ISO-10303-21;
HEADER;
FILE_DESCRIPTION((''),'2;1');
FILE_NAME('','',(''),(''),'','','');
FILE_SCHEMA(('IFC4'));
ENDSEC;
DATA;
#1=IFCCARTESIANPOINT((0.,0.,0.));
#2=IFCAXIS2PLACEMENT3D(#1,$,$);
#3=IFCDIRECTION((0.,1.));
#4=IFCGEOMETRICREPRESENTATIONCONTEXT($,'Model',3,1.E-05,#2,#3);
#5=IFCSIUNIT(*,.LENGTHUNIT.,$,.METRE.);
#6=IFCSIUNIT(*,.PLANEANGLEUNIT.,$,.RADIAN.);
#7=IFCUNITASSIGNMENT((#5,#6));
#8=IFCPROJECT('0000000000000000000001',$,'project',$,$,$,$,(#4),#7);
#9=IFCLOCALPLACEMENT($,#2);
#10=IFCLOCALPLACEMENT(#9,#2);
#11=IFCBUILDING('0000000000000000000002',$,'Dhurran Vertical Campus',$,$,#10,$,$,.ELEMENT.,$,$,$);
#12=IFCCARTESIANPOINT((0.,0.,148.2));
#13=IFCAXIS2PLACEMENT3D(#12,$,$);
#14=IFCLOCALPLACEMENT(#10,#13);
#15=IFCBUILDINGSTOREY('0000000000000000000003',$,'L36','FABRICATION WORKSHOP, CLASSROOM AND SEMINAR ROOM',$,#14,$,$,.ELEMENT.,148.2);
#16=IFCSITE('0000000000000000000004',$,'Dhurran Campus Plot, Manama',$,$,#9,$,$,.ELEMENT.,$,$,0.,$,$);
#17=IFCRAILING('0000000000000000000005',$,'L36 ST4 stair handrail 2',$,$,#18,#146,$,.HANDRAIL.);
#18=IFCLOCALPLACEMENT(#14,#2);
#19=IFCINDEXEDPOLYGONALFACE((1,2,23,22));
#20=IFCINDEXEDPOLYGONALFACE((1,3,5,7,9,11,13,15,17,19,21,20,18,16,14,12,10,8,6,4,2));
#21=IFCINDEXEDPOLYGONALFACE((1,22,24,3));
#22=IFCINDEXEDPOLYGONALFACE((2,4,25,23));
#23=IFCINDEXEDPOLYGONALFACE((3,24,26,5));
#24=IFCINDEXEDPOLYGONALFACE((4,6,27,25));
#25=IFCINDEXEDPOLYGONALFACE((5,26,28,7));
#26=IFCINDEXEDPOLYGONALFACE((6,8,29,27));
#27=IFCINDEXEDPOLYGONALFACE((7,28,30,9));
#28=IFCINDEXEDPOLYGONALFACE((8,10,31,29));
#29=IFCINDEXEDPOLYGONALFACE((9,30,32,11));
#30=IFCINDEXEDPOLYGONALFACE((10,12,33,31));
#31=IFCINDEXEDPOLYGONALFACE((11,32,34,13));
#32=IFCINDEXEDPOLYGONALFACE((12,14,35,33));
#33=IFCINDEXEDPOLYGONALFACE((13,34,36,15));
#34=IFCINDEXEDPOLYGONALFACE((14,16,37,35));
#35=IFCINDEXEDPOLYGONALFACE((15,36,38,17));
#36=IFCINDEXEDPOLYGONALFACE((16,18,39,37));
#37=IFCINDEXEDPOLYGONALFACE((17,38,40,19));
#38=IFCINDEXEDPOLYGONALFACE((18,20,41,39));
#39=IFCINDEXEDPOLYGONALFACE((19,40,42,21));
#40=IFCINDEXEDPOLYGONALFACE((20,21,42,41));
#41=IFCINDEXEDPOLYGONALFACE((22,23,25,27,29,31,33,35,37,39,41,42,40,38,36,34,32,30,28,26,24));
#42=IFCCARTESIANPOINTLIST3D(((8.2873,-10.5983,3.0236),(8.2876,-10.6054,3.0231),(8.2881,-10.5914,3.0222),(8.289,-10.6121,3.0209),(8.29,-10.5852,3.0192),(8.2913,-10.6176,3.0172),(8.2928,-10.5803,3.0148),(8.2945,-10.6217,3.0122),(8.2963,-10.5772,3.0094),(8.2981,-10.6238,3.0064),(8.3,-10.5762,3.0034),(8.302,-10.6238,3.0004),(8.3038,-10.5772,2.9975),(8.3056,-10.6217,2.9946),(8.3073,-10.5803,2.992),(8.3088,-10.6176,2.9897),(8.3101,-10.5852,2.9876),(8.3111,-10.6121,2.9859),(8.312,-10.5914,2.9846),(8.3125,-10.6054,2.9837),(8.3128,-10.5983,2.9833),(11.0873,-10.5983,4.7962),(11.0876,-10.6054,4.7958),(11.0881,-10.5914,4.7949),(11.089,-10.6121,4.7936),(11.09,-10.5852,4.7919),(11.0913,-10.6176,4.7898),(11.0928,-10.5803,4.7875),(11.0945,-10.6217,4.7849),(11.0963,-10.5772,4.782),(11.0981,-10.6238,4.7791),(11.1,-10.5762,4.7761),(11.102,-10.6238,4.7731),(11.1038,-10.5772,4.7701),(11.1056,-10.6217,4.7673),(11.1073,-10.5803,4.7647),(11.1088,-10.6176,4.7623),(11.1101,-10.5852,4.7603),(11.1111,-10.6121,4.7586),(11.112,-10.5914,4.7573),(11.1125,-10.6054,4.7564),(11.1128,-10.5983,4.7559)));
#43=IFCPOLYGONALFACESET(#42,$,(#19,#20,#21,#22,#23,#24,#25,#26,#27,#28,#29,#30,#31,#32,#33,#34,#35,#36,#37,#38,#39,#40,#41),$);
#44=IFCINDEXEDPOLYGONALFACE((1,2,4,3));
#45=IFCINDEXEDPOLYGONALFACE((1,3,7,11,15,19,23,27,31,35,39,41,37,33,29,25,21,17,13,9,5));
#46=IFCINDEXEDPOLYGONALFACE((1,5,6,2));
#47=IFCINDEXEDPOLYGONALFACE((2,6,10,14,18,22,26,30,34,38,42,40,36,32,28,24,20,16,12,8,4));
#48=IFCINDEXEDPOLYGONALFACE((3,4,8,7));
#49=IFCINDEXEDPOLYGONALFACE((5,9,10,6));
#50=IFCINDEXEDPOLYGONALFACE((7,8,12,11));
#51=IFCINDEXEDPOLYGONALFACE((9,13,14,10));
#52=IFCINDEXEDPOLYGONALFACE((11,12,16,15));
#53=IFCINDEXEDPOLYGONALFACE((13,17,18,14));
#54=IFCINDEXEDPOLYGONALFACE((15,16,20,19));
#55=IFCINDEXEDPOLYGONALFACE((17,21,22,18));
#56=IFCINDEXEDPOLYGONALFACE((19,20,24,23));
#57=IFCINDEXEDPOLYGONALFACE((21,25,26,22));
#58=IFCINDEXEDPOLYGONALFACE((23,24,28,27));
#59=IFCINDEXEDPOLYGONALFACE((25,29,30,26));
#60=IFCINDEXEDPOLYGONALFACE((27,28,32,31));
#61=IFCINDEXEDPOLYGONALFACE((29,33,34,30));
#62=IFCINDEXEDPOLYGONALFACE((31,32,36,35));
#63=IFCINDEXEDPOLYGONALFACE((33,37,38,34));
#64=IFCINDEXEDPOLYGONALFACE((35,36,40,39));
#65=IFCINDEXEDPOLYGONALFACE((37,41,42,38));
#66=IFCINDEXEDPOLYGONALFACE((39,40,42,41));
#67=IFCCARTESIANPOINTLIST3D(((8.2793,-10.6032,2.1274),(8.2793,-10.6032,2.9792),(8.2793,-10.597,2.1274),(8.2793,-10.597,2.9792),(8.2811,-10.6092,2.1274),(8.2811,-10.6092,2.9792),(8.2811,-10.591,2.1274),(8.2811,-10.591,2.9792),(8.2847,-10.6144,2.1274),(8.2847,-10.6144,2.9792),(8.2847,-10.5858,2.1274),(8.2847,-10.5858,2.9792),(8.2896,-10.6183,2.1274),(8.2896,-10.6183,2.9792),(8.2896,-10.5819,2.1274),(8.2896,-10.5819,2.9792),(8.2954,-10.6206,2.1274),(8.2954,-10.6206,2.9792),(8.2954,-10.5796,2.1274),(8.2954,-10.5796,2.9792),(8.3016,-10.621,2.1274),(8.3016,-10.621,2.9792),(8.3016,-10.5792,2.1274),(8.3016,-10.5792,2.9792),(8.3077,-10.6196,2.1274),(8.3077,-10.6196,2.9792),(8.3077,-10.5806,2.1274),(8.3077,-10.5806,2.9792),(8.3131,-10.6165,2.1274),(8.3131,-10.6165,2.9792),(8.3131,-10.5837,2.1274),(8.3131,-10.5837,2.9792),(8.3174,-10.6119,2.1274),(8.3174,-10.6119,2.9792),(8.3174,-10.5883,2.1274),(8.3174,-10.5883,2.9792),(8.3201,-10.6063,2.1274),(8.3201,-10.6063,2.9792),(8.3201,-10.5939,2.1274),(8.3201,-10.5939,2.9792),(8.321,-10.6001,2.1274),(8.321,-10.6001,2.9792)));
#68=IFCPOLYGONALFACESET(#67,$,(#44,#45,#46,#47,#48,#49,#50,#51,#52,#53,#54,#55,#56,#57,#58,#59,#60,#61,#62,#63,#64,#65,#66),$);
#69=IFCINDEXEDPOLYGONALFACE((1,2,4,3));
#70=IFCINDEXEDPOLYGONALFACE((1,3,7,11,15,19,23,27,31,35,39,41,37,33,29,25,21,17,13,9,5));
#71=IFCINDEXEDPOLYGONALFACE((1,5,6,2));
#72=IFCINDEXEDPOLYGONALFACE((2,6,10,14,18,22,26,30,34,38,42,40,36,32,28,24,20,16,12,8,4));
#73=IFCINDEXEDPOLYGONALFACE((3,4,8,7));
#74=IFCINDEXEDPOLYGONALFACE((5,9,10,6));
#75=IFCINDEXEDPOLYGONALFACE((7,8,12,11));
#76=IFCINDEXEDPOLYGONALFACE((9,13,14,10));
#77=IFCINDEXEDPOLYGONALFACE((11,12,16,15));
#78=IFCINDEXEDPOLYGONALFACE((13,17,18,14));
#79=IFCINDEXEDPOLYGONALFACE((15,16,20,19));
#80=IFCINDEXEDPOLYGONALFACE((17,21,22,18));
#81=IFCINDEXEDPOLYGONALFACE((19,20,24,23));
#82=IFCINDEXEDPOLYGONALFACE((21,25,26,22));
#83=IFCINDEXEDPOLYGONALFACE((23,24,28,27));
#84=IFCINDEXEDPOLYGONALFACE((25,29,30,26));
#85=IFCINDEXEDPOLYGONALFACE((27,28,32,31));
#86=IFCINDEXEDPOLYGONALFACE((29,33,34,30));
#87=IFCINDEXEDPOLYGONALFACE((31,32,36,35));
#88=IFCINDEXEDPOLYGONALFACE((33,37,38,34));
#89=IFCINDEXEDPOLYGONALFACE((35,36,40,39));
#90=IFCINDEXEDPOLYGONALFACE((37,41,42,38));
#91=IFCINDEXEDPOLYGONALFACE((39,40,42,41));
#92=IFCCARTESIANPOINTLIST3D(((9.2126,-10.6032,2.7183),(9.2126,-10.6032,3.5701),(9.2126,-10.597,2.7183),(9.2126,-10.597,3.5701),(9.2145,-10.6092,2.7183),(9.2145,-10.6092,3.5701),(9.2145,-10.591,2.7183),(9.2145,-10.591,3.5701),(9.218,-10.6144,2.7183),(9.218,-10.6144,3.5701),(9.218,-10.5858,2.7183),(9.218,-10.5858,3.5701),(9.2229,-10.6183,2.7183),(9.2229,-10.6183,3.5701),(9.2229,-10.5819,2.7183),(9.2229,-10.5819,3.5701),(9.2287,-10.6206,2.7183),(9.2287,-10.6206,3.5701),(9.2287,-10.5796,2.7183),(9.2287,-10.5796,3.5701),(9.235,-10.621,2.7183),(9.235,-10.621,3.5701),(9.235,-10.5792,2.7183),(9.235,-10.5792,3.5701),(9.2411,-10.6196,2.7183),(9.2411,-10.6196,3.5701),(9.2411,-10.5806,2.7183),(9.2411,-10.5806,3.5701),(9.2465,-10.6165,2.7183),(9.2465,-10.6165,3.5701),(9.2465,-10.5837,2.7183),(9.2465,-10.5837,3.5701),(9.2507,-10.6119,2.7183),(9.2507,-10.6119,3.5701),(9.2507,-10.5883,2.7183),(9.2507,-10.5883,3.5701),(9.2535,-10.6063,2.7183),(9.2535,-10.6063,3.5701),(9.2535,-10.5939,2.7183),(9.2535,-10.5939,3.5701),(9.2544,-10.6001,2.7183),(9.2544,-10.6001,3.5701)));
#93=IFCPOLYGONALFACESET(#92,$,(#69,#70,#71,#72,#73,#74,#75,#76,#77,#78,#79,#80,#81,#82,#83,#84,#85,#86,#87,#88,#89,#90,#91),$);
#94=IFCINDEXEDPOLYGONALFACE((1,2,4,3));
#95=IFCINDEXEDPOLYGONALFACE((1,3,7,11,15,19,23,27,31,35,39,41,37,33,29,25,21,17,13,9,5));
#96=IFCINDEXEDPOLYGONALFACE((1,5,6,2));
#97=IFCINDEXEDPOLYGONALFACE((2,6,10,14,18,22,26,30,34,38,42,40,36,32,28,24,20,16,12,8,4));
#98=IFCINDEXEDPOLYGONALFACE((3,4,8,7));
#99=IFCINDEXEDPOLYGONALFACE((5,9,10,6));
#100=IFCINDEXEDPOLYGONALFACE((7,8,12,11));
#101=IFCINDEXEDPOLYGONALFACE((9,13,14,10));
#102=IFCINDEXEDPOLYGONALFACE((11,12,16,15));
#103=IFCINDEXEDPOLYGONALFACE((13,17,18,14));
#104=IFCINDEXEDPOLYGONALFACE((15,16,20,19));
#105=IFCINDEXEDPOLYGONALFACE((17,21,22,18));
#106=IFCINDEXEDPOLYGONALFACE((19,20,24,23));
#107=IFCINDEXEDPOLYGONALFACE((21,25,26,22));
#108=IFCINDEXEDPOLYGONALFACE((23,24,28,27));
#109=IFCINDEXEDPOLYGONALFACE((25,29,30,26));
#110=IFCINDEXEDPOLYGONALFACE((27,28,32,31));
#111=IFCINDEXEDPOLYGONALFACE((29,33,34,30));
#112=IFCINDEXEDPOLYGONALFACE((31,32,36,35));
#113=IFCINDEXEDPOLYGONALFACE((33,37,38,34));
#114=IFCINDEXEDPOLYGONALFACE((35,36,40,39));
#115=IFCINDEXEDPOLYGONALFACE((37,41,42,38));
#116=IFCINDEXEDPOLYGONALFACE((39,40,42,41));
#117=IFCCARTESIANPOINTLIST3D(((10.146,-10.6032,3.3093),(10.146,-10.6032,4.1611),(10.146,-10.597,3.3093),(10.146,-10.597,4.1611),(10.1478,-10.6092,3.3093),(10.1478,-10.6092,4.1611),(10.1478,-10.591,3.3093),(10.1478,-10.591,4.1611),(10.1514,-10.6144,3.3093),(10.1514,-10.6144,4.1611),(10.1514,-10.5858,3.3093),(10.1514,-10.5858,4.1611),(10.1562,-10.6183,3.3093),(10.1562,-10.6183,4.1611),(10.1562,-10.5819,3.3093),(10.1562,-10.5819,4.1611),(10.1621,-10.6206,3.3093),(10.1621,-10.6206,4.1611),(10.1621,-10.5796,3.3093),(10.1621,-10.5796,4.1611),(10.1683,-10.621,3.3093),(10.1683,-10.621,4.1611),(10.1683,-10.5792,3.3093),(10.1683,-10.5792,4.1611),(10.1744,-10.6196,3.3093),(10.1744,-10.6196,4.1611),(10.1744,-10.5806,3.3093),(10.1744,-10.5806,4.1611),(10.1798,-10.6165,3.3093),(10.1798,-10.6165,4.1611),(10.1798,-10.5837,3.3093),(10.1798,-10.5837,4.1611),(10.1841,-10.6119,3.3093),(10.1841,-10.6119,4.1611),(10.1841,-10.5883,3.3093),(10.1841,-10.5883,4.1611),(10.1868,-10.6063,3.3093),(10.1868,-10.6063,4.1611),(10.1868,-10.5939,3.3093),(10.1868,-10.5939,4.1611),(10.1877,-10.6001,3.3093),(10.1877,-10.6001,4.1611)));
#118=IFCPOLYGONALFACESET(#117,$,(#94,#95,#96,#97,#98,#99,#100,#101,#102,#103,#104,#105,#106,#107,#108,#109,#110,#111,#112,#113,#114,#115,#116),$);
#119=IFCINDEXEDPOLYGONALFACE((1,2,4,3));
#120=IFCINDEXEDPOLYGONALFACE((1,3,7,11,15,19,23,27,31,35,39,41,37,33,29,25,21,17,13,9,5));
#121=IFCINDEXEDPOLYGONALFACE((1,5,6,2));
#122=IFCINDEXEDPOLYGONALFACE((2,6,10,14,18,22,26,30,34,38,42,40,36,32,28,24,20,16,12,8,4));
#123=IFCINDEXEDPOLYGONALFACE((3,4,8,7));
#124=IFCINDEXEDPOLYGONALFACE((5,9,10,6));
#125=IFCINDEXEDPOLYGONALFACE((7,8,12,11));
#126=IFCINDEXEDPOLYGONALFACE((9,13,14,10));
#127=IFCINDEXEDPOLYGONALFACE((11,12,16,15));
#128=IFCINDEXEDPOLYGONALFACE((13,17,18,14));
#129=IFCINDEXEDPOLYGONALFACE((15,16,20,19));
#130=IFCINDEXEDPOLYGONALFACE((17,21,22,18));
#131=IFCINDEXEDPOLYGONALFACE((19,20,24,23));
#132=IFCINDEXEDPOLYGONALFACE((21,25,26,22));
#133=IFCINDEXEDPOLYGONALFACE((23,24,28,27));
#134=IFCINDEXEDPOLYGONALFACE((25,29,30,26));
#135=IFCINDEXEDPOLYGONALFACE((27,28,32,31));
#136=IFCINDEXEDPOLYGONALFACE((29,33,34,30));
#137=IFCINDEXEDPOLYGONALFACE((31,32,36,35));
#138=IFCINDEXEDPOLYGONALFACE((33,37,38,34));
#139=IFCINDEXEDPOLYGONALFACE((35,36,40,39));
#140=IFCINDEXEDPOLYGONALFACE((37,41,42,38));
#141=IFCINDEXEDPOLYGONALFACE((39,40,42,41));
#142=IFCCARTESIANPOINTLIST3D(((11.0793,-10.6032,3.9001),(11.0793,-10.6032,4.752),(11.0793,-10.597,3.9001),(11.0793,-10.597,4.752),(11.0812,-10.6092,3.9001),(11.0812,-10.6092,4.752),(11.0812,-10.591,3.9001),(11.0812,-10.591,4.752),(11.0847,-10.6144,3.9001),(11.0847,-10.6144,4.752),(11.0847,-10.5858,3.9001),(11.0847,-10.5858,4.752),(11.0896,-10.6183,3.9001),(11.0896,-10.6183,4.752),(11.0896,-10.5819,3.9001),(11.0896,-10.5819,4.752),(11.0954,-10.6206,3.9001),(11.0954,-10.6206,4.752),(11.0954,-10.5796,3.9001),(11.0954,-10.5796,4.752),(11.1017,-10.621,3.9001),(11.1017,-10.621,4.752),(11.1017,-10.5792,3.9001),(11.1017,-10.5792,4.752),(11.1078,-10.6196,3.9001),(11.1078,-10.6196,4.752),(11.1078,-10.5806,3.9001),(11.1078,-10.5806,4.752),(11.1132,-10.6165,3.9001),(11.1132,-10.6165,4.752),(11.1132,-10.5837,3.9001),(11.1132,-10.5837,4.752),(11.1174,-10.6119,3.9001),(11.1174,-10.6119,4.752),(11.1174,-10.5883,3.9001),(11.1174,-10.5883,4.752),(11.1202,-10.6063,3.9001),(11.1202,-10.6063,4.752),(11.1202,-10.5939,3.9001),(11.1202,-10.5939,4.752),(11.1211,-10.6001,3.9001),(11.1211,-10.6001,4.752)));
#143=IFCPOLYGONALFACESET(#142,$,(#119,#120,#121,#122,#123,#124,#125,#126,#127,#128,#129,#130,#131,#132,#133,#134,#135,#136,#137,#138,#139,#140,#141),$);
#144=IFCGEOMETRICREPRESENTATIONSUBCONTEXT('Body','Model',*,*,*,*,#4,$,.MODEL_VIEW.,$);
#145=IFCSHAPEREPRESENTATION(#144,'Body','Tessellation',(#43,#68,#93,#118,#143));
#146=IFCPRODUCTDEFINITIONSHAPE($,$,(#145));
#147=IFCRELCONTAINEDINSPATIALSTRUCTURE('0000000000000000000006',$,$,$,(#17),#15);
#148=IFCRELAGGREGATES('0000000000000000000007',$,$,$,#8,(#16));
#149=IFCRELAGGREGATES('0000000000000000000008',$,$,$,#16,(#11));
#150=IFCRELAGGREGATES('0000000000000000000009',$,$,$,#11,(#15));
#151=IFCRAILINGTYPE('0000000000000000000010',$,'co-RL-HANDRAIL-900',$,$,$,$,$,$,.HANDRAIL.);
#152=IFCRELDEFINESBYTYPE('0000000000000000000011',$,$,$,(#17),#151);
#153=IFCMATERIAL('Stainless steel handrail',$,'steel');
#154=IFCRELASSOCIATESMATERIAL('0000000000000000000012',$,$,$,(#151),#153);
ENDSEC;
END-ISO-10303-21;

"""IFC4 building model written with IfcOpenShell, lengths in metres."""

from ifc_helpers import new_model, si_unit, direction, frame, origin, origin_2d, place, context, subcontext, project, spatial, circle, extrude, material, type_object, element, save


model = new_model("IFC4")

# Units and contexts
model_context = context("Model", 3, precision=1e-05, world=origin(), true_north=direction((0.0, 1.0)))
body_context = subcontext(model_context, "Body", "Model", "MODEL_VIEW")
ifc_project = project(units=[si_unit("LENGTHUNIT", "METRE"), si_unit("PLANEANGLEUNIT", "RADIAN")], contexts=[model_context])

# Site, building, storey
site_placement = place(None, origin())
site = spatial("IfcSite", under=ifc_project, at=site_placement, Name="Dhurran Campus Plot, Manama", CompositionType="ELEMENT", RefElevation=0.0)
building_placement = place(site_placement, origin())
building = spatial("IfcBuilding", under=site, at=building_placement, Name="Dhurran Vertical Campus", CompositionType="ELEMENT")
storey_placement = place(building_placement, frame((0.0, 0.0, 148.2)))
storey = spatial("IfcBuildingStorey", under=building, at=storey_placement, Name="L36", Description="FABRICATION WORKSHOP, CLASSROOM AND SEMINAR ROOM", CompositionType="ELEMENT", Elevation=148.2)

# Railing
ifc_material_1 = material(Name="Stainless steel handrail", Category="steel")
railing_type = type_object("IfcRailingType", Name="co-RL-HANDRAIL-900", PredefinedType="HANDRAIL", material=ifc_material_1)
railing_placement = place(storey_placement, frame((8.3, -10.6001, 2.1274)))
element("IfcRailing", 1, at=railing_placement, inside=storey, type_object=railing_type, Name="L36 ST4 stair handrail 2", PredefinedType="HANDRAIL", context=body_context, shape_type="SweptSolid", body=[
    extrude(circle(Radius=0.0239, at=origin_2d()), frame((0.0, 0.0, 0.876), z_axis=(0.844909, 0.0, 0.53491), x_axis=(0.0, 1.0, 0.0)), (0.0, 0.0, 1.0), 3.314),
    extrude(circle(Radius=0.021, at=origin_2d()), origin(), (0.0, 0.0, 1.0), 0.8518),
    extrude(circle(Radius=0.021, at=origin_2d()), frame((0.9333, 0.0, 0.5908)), (0.0, 0.0, 1.0), 0.8518),
    extrude(circle(Radius=0.021, at=origin_2d()), frame((1.8667, 0.0, 1.1819)), (0.0, 0.0, 1.0), 0.8518),
    extrude(circle(Radius=0.021, at=origin_2d()), frame((2.8, 0.0, 1.7727)), (0.0, 0.0, 1.0), 0.8518),
])

save(model, "model.ifc")
